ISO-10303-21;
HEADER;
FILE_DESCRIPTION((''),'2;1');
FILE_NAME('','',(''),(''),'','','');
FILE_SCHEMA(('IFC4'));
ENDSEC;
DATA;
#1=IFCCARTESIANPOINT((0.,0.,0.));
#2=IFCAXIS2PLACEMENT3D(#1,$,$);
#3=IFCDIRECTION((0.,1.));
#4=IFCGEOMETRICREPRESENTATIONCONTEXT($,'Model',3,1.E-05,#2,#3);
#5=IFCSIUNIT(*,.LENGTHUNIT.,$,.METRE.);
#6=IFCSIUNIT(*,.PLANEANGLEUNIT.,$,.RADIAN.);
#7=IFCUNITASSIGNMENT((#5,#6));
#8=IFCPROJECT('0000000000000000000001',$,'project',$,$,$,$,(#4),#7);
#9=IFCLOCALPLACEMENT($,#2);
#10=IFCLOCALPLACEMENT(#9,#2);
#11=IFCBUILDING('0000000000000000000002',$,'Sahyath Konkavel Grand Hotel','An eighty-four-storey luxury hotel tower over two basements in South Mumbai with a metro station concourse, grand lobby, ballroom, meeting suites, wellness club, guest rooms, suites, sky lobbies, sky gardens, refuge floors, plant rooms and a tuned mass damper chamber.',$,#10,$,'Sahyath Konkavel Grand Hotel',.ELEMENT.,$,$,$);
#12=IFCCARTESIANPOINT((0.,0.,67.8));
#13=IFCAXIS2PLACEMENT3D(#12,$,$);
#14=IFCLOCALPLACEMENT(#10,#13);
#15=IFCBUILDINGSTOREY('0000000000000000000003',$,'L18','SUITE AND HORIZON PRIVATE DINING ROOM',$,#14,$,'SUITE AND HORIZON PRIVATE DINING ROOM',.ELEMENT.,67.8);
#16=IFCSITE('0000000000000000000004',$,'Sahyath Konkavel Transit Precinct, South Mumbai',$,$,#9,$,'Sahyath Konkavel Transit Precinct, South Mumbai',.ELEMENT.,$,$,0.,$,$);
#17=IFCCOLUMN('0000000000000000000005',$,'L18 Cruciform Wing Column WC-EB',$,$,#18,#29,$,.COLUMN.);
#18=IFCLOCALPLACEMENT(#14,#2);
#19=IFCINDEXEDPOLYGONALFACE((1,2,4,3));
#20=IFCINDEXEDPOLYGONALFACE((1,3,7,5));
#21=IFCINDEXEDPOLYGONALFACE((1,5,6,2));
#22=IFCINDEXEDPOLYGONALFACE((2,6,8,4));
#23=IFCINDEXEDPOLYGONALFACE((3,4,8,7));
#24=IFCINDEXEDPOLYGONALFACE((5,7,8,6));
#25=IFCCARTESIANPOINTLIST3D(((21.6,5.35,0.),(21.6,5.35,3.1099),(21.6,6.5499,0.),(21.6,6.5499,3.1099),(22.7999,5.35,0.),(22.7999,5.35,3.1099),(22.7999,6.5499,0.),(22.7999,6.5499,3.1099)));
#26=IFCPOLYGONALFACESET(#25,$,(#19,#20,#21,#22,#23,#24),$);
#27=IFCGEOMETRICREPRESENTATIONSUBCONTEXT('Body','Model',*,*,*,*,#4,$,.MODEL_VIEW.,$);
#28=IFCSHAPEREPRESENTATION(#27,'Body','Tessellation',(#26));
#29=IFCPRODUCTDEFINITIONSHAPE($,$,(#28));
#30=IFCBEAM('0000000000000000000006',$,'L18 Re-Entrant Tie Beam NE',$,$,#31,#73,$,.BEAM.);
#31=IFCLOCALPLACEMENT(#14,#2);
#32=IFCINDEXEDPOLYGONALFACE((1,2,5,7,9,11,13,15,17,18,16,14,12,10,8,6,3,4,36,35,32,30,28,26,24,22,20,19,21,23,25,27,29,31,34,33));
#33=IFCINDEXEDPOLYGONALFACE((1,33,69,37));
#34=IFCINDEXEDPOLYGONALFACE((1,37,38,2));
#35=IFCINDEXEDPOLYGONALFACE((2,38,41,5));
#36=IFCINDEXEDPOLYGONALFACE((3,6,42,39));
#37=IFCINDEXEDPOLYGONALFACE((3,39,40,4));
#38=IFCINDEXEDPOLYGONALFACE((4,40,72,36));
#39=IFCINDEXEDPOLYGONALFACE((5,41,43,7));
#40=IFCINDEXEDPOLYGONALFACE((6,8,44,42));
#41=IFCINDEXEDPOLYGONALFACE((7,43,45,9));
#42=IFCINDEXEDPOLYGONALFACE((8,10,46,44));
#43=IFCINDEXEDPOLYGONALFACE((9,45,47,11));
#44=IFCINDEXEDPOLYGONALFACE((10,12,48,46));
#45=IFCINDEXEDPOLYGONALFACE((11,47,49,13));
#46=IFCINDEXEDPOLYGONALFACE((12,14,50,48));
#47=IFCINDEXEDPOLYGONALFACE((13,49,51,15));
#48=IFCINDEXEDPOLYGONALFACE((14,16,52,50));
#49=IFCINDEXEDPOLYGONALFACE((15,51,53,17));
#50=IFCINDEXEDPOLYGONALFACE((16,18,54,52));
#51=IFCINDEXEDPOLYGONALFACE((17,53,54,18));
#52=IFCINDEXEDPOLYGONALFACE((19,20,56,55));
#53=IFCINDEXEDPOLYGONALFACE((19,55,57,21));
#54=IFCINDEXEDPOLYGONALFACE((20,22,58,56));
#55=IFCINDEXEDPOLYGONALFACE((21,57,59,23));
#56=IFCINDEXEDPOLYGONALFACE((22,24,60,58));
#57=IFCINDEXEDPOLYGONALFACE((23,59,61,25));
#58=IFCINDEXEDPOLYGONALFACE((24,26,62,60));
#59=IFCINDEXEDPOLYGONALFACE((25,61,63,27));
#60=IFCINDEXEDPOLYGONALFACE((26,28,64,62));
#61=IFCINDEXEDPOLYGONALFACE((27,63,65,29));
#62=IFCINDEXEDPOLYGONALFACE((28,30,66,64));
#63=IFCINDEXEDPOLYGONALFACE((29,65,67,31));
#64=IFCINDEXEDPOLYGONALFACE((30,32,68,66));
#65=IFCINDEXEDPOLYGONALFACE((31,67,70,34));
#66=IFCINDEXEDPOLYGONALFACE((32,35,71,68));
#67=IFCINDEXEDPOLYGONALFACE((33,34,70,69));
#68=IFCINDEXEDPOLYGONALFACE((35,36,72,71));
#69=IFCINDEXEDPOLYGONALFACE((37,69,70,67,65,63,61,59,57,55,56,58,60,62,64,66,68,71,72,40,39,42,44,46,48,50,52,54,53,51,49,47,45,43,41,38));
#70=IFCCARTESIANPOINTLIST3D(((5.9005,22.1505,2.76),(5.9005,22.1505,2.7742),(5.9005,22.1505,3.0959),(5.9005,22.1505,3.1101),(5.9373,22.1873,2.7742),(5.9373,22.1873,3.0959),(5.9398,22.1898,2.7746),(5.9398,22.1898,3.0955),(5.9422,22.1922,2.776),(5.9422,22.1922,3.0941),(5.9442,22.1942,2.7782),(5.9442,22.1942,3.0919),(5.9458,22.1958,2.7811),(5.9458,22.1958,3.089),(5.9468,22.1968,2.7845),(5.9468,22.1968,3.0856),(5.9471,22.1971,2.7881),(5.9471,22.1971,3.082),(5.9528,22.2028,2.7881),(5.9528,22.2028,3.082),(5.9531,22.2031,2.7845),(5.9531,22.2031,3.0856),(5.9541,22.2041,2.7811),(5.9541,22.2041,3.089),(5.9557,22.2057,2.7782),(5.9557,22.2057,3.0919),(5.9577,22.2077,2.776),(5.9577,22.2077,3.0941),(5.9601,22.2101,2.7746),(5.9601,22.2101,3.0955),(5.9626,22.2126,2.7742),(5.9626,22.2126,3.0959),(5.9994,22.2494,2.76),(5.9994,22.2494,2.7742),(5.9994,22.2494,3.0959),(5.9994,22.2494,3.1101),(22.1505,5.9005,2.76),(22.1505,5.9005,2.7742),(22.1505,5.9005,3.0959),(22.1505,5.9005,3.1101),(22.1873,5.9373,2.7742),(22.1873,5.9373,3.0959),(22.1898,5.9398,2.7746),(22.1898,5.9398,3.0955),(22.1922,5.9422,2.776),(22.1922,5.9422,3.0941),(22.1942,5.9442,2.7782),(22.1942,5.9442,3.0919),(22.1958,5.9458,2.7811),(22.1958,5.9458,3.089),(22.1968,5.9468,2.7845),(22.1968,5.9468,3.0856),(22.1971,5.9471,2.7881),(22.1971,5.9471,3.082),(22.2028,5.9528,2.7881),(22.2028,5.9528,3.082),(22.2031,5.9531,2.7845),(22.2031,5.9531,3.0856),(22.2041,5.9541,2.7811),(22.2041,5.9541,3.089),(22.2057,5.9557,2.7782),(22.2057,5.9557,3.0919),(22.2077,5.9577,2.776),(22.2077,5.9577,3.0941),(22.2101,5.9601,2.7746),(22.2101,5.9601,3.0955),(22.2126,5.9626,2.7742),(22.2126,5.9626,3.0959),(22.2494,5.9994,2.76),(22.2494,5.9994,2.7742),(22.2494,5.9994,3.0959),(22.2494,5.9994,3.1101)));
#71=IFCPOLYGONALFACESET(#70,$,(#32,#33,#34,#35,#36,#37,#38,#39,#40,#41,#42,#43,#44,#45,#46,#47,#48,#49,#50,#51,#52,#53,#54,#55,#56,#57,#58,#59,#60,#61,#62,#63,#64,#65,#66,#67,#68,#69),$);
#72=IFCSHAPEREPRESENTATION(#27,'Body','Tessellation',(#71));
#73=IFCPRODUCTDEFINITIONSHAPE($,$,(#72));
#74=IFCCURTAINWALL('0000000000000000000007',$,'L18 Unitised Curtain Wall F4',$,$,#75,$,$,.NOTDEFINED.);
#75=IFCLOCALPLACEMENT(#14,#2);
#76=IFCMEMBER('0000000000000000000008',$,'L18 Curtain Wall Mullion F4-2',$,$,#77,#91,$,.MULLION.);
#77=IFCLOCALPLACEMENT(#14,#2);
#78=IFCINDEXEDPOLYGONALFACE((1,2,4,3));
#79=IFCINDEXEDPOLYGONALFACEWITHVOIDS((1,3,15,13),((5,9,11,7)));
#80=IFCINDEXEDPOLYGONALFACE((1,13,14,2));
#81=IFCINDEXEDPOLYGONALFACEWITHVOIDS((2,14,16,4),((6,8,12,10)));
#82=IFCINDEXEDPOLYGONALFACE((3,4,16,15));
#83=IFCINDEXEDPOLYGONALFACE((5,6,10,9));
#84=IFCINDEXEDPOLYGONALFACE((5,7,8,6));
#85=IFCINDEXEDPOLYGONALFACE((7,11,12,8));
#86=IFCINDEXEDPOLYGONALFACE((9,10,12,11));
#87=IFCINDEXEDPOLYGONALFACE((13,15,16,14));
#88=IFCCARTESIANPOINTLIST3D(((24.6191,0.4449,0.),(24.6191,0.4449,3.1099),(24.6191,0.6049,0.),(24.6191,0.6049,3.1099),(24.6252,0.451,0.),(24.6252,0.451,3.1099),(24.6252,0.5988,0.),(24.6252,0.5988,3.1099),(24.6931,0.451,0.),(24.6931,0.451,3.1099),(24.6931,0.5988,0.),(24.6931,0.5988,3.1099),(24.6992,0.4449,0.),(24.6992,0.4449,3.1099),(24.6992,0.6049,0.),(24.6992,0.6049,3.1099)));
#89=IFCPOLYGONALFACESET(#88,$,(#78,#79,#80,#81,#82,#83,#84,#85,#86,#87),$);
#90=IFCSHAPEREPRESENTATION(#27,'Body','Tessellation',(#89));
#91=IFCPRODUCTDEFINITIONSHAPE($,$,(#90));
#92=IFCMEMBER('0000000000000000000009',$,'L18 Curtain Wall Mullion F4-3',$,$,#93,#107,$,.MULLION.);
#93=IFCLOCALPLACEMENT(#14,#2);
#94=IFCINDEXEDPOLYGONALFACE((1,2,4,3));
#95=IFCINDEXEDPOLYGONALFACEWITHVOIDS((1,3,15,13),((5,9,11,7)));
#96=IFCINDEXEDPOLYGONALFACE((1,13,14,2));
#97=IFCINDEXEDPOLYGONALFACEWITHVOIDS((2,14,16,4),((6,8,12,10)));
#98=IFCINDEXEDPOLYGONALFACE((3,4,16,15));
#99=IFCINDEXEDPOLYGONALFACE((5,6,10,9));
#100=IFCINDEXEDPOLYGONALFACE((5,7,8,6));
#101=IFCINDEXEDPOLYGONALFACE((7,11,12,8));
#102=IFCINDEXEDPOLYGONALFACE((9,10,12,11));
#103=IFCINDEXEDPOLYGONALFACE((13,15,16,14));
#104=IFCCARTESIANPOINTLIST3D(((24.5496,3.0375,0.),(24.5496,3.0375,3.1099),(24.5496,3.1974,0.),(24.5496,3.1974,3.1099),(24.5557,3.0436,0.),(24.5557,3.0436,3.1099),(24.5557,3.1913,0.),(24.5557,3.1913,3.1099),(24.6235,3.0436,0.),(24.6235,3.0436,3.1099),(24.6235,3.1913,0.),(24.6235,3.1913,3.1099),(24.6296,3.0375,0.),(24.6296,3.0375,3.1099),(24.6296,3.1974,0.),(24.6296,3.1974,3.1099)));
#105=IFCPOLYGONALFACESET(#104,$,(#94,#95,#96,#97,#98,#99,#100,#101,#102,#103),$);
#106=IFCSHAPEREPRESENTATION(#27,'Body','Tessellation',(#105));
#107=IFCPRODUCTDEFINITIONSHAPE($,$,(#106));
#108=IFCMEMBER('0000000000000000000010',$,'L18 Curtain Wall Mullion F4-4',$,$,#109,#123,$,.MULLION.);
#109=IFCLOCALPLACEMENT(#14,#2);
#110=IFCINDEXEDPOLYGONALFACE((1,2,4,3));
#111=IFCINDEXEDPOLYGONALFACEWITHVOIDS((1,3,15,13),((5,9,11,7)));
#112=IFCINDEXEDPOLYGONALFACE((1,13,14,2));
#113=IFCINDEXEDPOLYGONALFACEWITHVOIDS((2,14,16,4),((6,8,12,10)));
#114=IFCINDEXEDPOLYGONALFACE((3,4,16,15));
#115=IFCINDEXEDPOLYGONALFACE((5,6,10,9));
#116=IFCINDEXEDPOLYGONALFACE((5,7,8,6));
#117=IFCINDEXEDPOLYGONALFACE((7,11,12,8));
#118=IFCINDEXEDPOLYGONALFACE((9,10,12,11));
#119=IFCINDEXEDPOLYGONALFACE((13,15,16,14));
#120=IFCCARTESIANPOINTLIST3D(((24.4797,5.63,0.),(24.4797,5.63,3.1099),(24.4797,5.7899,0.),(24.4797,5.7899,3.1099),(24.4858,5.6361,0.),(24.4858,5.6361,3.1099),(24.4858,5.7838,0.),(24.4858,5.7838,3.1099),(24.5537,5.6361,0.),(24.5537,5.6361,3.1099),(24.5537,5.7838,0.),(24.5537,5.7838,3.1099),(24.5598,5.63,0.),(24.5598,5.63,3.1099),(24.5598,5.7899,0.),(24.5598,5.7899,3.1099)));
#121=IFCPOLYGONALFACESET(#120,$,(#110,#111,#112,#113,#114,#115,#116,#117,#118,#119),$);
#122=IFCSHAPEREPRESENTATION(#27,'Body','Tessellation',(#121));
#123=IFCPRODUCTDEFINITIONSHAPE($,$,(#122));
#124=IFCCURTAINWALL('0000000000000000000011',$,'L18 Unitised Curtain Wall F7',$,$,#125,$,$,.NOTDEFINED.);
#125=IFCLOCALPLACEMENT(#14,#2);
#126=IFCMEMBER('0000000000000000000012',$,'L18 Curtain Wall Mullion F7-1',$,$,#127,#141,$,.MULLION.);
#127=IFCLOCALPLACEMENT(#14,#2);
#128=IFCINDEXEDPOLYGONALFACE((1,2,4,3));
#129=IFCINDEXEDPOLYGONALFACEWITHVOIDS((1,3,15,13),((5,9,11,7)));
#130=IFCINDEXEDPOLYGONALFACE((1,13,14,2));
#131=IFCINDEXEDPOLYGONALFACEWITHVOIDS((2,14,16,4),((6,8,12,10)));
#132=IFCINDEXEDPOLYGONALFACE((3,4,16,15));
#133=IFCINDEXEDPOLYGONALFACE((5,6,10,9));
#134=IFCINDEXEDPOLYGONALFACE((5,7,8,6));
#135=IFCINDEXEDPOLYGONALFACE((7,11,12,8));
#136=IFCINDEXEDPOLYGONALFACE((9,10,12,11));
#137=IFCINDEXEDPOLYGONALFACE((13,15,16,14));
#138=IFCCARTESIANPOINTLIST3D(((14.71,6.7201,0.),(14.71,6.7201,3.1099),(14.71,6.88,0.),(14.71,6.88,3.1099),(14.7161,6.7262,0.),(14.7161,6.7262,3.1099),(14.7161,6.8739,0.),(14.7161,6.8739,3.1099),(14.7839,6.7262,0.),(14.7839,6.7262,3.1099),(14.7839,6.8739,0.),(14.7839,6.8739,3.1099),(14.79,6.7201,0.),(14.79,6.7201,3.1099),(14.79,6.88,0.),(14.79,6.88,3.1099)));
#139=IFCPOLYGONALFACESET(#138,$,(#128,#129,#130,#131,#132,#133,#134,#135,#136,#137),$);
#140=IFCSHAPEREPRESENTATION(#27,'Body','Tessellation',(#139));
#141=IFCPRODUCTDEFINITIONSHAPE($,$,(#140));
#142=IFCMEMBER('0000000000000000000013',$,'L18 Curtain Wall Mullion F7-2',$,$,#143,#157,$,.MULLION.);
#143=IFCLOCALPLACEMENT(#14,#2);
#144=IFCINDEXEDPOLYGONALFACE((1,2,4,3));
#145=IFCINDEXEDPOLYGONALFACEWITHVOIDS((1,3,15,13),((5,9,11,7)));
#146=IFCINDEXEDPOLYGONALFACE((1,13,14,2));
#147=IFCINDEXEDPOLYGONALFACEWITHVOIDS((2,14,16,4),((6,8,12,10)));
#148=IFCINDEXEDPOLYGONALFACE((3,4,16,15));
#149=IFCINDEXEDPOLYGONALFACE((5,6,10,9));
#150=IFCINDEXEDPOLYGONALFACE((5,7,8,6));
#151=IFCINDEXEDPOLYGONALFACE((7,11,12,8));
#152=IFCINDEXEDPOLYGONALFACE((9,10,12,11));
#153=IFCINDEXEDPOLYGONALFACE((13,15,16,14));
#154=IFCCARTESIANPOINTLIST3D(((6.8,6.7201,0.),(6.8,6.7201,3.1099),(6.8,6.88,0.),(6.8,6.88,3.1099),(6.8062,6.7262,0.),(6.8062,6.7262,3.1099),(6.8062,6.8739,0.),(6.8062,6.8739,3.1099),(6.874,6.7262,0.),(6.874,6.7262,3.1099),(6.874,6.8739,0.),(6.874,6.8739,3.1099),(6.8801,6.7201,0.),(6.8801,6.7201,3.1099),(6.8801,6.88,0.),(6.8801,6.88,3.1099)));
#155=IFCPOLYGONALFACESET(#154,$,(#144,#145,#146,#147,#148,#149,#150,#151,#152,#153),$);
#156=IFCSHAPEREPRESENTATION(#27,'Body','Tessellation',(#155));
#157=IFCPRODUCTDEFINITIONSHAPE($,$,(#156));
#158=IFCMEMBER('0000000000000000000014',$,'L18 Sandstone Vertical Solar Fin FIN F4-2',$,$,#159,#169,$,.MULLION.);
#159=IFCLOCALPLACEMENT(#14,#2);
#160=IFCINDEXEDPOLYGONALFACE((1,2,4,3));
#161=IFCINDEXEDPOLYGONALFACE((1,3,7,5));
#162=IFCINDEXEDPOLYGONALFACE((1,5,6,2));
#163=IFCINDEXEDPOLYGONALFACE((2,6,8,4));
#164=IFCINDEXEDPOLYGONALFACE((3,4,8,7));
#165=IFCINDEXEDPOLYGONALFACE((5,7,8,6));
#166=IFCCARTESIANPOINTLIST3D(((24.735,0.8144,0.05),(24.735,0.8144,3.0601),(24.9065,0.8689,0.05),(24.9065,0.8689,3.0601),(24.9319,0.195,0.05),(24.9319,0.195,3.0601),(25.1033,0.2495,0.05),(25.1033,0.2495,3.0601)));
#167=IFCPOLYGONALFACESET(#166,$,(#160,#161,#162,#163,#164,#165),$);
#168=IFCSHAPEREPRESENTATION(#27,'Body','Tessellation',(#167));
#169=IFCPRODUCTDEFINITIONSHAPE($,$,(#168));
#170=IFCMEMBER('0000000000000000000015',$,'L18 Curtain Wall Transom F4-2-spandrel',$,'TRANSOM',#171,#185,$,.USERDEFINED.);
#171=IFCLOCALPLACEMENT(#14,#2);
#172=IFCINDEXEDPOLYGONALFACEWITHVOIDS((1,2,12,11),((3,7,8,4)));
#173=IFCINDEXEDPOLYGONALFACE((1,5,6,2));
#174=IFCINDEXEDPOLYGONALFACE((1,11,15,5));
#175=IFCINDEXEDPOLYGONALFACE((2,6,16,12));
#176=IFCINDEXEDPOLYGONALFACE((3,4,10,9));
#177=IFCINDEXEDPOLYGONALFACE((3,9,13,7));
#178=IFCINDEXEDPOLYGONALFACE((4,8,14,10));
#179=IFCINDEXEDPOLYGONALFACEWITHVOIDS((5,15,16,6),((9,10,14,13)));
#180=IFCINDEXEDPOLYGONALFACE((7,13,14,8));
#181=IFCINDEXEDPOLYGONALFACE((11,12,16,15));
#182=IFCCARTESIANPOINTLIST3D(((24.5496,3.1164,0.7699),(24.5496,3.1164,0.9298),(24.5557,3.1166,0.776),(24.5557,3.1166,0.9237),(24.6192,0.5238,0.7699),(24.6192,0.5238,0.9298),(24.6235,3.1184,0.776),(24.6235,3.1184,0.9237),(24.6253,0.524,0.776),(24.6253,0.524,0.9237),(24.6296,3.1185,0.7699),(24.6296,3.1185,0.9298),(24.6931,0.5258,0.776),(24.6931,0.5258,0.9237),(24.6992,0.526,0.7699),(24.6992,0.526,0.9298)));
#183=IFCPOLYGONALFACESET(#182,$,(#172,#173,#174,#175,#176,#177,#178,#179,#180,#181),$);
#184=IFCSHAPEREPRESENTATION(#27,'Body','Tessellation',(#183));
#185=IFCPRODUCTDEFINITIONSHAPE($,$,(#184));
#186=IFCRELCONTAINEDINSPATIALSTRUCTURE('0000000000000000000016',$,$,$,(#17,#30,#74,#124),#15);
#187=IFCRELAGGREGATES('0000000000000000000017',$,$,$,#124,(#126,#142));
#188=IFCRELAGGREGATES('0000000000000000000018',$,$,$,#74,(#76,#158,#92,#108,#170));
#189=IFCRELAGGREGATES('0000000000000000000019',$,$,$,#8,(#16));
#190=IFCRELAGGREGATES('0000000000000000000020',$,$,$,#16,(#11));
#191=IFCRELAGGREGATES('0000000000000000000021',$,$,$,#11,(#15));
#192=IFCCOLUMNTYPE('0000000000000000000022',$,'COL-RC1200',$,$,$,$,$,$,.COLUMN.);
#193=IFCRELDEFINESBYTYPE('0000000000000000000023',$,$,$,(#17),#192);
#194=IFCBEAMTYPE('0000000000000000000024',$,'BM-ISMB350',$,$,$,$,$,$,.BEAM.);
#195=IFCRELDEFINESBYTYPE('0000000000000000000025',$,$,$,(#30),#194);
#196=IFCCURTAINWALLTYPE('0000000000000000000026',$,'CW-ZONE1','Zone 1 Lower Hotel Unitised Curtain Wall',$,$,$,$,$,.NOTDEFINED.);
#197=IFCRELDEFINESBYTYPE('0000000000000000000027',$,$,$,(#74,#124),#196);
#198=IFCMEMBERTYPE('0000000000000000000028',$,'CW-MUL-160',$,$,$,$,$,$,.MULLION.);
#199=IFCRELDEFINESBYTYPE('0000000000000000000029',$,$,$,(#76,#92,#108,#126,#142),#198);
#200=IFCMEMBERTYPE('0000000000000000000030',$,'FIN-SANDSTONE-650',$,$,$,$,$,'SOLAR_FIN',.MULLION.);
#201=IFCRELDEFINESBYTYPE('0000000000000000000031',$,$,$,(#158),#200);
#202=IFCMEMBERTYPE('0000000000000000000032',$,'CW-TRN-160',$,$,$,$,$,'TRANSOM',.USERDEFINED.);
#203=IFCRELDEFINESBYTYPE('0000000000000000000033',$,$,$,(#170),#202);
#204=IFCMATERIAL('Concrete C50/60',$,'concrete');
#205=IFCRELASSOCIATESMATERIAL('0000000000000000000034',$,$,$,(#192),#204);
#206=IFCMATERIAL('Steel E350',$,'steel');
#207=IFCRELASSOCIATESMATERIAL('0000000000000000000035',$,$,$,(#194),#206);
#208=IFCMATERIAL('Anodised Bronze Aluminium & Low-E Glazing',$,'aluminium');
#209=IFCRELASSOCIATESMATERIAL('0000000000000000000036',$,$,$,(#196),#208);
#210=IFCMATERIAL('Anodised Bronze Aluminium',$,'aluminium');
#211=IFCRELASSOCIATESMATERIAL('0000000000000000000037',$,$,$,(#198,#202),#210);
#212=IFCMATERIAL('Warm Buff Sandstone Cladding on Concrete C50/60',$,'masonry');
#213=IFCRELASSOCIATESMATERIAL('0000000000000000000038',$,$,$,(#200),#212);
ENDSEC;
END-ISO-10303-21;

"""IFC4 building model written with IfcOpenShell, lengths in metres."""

from ifc_helpers import new_model, si_unit, direction, frame, origin, origin_2d, place, context, subcontext, project, spatial, rectangle, hollow_rectangle, i_section, extrude, source, transform, mapped, material, material_profile, profile_set, type_object, element, aggregate, save


model = new_model("IFC4")

# Units and contexts
model_context = context("Model", 3, precision=1e-05, world=origin(), true_north=direction((0.0, 1.0)))
body_context = subcontext(model_context, "Body", "Model", "MODEL_VIEW")
ifc_project = project(units=[si_unit("LENGTHUNIT", "METRE"), si_unit("PLANEANGLEUNIT", "RADIAN")], contexts=[model_context])

# Site, building, storey
site_placement = place(None, origin())
site = spatial("IfcSite", under=ifc_project, at=site_placement, Name="Sahyath Konkavel Transit Precinct, South Mumbai", LongName="Sahyath Konkavel Transit Precinct, South Mumbai", CompositionType="ELEMENT", RefElevation=0.0)
building_placement = place(site_placement, origin())
building = spatial("IfcBuilding", under=site, at=building_placement, Name="Sahyath Konkavel Grand Hotel", Description="An eighty-four-storey luxury hotel tower over two basements in South Mumbai with a metro station concourse, grand lobby, ballroom, meeting suites, wellness club, guest rooms, suites, sky lobbies, sky gardens, refuge floors, plant rooms and a tuned mass damper chamber.", LongName="Sahyath Konkavel Grand Hotel", CompositionType="ELEMENT")
storey_placement = place(building_placement, frame((0.0, 0.0, 67.8)))
storey = spatial("IfcBuildingStorey", under=building, at=storey_placement, Name="L18", Description="SUITE AND HORIZON PRIVATE DINING ROOM", LongName="SUITE AND HORIZON PRIVATE DINING ROOM", CompositionType="ELEMENT", Elevation=67.8)

# Column
ifc_material_1 = material(Name="Concrete C50/60", Category="concrete")
ifc_material_profile_1 = material_profile(ifc_material_1, rectangle(XDim=1.2, YDim=1.2, at=origin_2d()), Name="RC 1200x1200")
ifc_profile_set_1 = profile_set([ifc_material_profile_1], Name="Concrete C50/60")
column_type = type_object("IfcColumnType", Name="COL-RC1200", PredefinedType="COLUMN", material=ifc_profile_set_1)
shared_shape_1 = source(origin(), body_context, "Body", "SweptSolid", [
    extrude(rectangle(XDim=1.2, YDim=1.2, at=origin_2d()), origin(), (0.0, 0.0, 1.0), 3.1099),
])
column_placement = place(storey_placement, frame((22.2, 5.95, 0.0), z_axis=(0.0, 0.0, 1.0), x_axis=(1.0, 0.0, 0.0)))
element("IfcColumn", 1, at=column_placement, inside=storey, type_object=column_type, Name="L18 Cruciform Wing Column WC-EB", PredefinedType="COLUMN", context=body_context, shape_type="MappedRepresentation", body=[
    mapped(shared_shape_1, transform((0.0, 0.0, 0.0), scale=1.0)),
])

# Beam
ifc_material_2 = material(Name="Steel E350", Category="steel")
ifc_material_profile_2 = material_profile(ifc_material_2, i_section(OverallWidth=0.1399, OverallDepth=0.3501, WebThickness=0.0081, FlangeThickness=0.0142, FilletRadius=0.0139, at=origin_2d()), Name="ISMB 350")
ifc_profile_set_2 = profile_set([ifc_material_profile_2], Name="Steel E350")
beam_type_1 = type_object("IfcBeamType", Name="BM-ISMB350", PredefinedType="BEAM", material=ifc_profile_set_2)
shared_shape_2 = source(origin(), body_context, "Body", "SweptSolid", [
    extrude(i_section(OverallWidth=0.1399, OverallDepth=0.3501, WebThickness=0.0081, FlangeThickness=0.0142, FilletRadius=0.0139, at=origin_2d()), origin(), (0.0, 0.0, 1.0), 22.981),
])
beam_1_placement = place(storey_placement, frame((22.2, 5.95, 2.9351), z_axis=(-0.707107, 0.707107, 0.0), x_axis=(-0.707107, -0.707107, 0.0)))
element("IfcBeam", 2, at=beam_1_placement, inside=storey, type_object=beam_type_1, Name="L18 Re-Entrant Tie Beam NE", PredefinedType="BEAM", context=body_context, shape_type="MappedRepresentation", body=[
    mapped(shared_shape_2, transform((0.0, 0.0, 0.0), scale=1.0)),
])

# Curtain walls, members
ifc_material_3 = material(Name="Anodised Bronze Aluminium & Low-E Glazing", Category="aluminium")
curtain_wall_type = type_object("IfcCurtainWallType", Name="CW-ZONE1", Description="Zone 1 Lower Hotel Unitised Curtain Wall", PredefinedType="NOTDEFINED", material=ifc_material_3)
curtain_wall_1_placement = place(storey_placement, origin())
curtain_wall_1 = element("IfcCurtainWall", 3, at=curtain_wall_1_placement, inside=storey, type_object=curtain_wall_type, Name="L18 Unitised Curtain Wall F4", PredefinedType="NOTDEFINED")
ifc_material_4 = material(Name="Anodised Bronze Aluminium", Category="aluminium")
ifc_material_profile_3 = material_profile(ifc_material_4, hollow_rectangle(XDim=0.0801, YDim=0.1599, WallThickness=0.0061, at=origin_2d()), Name="RHS 160x80x6")
ifc_profile_set_3 = profile_set([ifc_material_profile_3], Name="Anodised Bronze Aluminium")
member_type_1 = type_object("IfcMemberType", Name="CW-MUL-160", PredefinedType="MULLION", material=ifc_profile_set_3)
shared_shape_3 = source(origin(), body_context, "Body", "SweptSolid", [
    extrude(hollow_rectangle(XDim=0.0801, YDim=0.1599, WallThickness=0.0061, at=origin_2d()), origin(), (0.0, 0.0, 1.0), 3.1099),
])
member_1_placement = place(storey_placement, frame((24.6592, 0.5249, 0.0), z_axis=(0.0, 0.0, 1.0), x_axis=(1.0, 0.0, 0.0)))
member_1 = element("IfcMember", 4, at=member_1_placement, type_object=member_type_1, Name="L18 Curtain Wall Mullion F4-2", PredefinedType="MULLION", context=body_context, shape_type="MappedRepresentation", body=[
    mapped(shared_shape_3, transform((0.0, 0.0, 0.0), scale=1.0)),
])
member_2_placement = place(storey_placement, frame((24.5896, 3.1174, 0.0), z_axis=(0.0, 0.0, 1.0), x_axis=(1.0, 0.0, 0.0)))
member_2 = element("IfcMember", 5, at=member_2_placement, type_object=member_type_1, Name="L18 Curtain Wall Mullion F4-3", PredefinedType="MULLION", context=body_context, shape_type="MappedRepresentation", body=[
    mapped(shared_shape_3, transform((0.0, 0.0, 0.0), scale=1.0)),
])
member_3_placement = place(storey_placement, frame((24.5198, 5.71, 0.0), z_axis=(0.0, 0.0, 1.0), x_axis=(1.0, 0.0, 0.0)))
member_3 = element("IfcMember", 6, at=member_3_placement, type_object=member_type_1, Name="L18 Curtain Wall Mullion F4-4", PredefinedType="MULLION", context=body_context, shape_type="MappedRepresentation", body=[
    mapped(shared_shape_3, transform((0.0, 0.0, 0.0), scale=1.0)),
])
curtain_wall_2_placement = place(storey_placement, origin())
curtain_wall_2 = element("IfcCurtainWall", 7, at=curtain_wall_2_placement, inside=storey, type_object=curtain_wall_type, Name="L18 Unitised Curtain Wall F7", PredefinedType="NOTDEFINED")
member_4_placement = place(storey_placement, frame((14.75, 6.8, 0.0), z_axis=(0.0, 0.0, 1.0), x_axis=(1.0, 0.0, 0.0)))
member_4 = element("IfcMember", 8, at=member_4_placement, type_object=member_type_1, Name="L18 Curtain Wall Mullion F7-1", PredefinedType="MULLION", context=body_context, shape_type="MappedRepresentation", body=[
    mapped(shared_shape_3, transform((0.0, 0.0, 0.0), scale=1.0)),
])
member_5_placement = place(storey_placement, frame((6.8401, 6.8, 0.0), z_axis=(0.0, 0.0, 1.0), x_axis=(1.0, 0.0, 0.0)))
member_5 = element("IfcMember", 9, at=member_5_placement, type_object=member_type_1, Name="L18 Curtain Wall Mullion F7-2", PredefinedType="MULLION", context=body_context, shape_type="MappedRepresentation", body=[
    mapped(shared_shape_3, transform((0.0, 0.0, 0.0), scale=1.0)),
])

# Members
ifc_material_5 = material(Name="Warm Buff Sandstone Cladding on Concrete C50/60", Category="masonry")
ifc_material_profile_4 = material_profile(ifc_material_5, rectangle(XDim=0.1799, YDim=0.6499, at=origin_2d()), Name="FIN 180x650")
ifc_profile_set_4 = profile_set([ifc_material_profile_4], Name="Warm Buff Sandstone Cladding on Concrete C50/60")
member_type_2 = type_object("IfcMemberType", Name="FIN-SANDSTONE-650", ElementType="SOLAR_FIN", PredefinedType="MULLION", material=ifc_profile_set_4)
shared_shape_4 = source(origin(), body_context, "Body", "SweptSolid", [
    extrude(rectangle(XDim=0.1799, YDim=0.6499, at=origin_2d()), origin(), (0.0, 0.0, 1.0), 3.01),
])
member_6_placement = place(storey_placement, frame((24.9192, 0.532, 0.05), z_axis=(0.0, 0.0, 1.0), x_axis=(0.953032, 0.302869, 0.0)))
member_6 = element("IfcMember", 10, at=member_6_placement, type_object=member_type_2, Name="L18 Sandstone Vertical Solar Fin FIN F4-2", PredefinedType="MULLION", context=body_context, shape_type="MappedRepresentation", body=[
    mapped(shared_shape_4, transform((0.0, 0.0, 0.0), scale=1.0)),
])
ifc_material_profile_5 = material_profile(ifc_material_4, hollow_rectangle(XDim=0.0801, YDim=0.1599, WallThickness=0.0061, at=origin_2d()), Name="RHS 160x80x6")
ifc_profile_set_5 = profile_set([ifc_material_profile_5], Name="Anodised Bronze Aluminium")
member_type_3 = type_object("IfcMemberType", Name="CW-TRN-160", ElementType="TRANSOM", PredefinedType="USERDEFINED", material=ifc_profile_set_5)
shared_shape_5 = source(origin(), body_context, "Body", "SweptSolid", [
    extrude(hollow_rectangle(XDim=0.0801, YDim=0.1599, WallThickness=0.0061, at=origin_2d()), origin(), (0.0, 0.0, 1.0), 2.5935),
])
member_7_placement = place(storey_placement, frame((24.6592, 0.5249, 0.8499), z_axis=(-0.026829, 0.99964, 0.0), x_axis=(-0.99964, -0.026829, 0.0)))
member_7 = element("IfcMember", 11, at=member_7_placement, type_object=member_type_3, Name="L18 Curtain Wall Transom F4-2-spandrel", ObjectType="TRANSOM", PredefinedType="USERDEFINED", context=body_context, shape_type="MappedRepresentation", body=[
    mapped(shared_shape_5, transform((0.0, 0.0, 0.0), scale=1.0)),
])

aggregate(curtain_wall_2, [member_4, member_5])
aggregate(curtain_wall_1, [member_1, member_6, member_2, member_3, member_7])

save(model, "model.ifc")
